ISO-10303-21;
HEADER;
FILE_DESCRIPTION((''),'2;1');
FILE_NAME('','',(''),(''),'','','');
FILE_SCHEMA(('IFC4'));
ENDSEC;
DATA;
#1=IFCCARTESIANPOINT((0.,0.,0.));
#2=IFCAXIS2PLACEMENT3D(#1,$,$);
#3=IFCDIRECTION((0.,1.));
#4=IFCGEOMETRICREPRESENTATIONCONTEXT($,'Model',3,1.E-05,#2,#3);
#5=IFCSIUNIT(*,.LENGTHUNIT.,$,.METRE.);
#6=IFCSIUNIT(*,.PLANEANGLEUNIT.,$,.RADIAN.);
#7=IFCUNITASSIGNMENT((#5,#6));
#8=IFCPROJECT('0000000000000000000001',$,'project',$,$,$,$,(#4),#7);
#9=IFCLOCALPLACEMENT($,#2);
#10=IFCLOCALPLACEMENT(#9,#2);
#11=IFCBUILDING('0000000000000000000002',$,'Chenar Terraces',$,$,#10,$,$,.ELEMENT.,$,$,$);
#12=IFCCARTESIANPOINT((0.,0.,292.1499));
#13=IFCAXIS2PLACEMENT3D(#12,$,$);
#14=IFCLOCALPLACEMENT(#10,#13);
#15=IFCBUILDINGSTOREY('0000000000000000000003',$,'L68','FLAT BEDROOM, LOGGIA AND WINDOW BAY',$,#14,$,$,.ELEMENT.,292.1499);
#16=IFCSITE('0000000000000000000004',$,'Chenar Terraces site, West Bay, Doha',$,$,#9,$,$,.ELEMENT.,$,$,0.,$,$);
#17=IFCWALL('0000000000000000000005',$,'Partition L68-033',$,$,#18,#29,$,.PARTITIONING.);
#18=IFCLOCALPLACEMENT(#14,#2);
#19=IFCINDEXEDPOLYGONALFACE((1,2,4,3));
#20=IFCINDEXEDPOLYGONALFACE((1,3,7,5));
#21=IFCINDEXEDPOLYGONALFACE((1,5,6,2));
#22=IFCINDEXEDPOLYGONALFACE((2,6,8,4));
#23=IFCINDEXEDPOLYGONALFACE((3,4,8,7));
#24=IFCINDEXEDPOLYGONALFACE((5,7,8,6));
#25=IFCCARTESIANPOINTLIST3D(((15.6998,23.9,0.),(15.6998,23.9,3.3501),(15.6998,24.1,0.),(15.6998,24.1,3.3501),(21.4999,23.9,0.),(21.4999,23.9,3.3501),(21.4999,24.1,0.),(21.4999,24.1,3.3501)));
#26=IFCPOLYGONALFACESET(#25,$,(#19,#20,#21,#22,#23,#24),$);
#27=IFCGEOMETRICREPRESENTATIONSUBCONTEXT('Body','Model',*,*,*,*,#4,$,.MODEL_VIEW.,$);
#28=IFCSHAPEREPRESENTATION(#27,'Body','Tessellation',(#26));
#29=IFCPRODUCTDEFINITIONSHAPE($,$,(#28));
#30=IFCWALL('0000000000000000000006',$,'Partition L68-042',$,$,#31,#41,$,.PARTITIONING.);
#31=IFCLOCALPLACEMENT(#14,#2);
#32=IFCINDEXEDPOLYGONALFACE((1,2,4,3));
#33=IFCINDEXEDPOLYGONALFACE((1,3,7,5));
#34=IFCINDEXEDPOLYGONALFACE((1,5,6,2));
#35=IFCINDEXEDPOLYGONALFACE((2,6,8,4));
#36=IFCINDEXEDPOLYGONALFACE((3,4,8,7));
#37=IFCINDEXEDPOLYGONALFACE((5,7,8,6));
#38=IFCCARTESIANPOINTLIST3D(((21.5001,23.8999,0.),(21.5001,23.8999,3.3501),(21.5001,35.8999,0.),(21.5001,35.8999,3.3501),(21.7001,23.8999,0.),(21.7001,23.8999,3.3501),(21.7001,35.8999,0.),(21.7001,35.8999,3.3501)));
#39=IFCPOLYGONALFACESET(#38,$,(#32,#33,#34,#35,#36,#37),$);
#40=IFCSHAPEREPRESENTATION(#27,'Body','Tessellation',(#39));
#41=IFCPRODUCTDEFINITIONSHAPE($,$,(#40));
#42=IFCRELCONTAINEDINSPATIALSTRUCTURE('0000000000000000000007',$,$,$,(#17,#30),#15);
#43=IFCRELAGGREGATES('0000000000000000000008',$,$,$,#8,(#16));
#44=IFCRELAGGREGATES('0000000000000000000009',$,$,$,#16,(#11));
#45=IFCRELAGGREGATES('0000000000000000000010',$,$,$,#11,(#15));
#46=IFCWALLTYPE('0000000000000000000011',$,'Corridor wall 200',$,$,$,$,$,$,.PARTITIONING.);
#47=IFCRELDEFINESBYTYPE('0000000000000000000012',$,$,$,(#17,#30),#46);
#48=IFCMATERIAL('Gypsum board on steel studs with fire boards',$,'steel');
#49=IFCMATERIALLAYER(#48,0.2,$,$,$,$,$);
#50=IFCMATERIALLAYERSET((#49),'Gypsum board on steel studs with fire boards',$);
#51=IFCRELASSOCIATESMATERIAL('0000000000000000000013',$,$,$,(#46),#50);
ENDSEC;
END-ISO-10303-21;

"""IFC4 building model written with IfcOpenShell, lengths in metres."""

from ifc_helpers import new_model, si_unit, direction, frame, frame_2d, origin, place, context, subcontext, project, spatial, rectangle, extrude, material, layer, layer_set, type_object, element, save


model = new_model("IFC4")

# Units and contexts
model_context = context("Model", 3, precision=1e-05, world=origin(), true_north=direction((0.0, 1.0)))
body_context = subcontext(model_context, "Body", "Model", "MODEL_VIEW")
ifc_project = project(units=[si_unit("LENGTHUNIT", "METRE"), si_unit("PLANEANGLEUNIT", "RADIAN")], contexts=[model_context])

# Site, building, storey
site_placement = place(None, origin())
site = spatial("IfcSite", under=ifc_project, at=site_placement, Name="Chenar Terraces site, West Bay, Doha", CompositionType="ELEMENT", RefElevation=0.0)
building_placement = place(site_placement, origin())
building = spatial("IfcBuilding", under=site, at=building_placement, Name="Chenar Terraces", CompositionType="ELEMENT")
storey_placement = place(building_placement, frame((0.0, 0.0, 292.1499)))
storey = spatial("IfcBuildingStorey", under=building, at=storey_placement, Name="L68", Description="FLAT BEDROOM, LOGGIA AND WINDOW BAY", CompositionType="ELEMENT", Elevation=292.1499)

# Shared definitions
ifc_material_1 = material(Name="Gypsum board on steel studs with fire boards", Category="steel")
ifc_layer_1 = layer(ifc_material_1, 0.2)
ifc_layer_set_1 = layer_set([ifc_layer_1], Name="Gypsum board on steel studs with fire boards")
wall_type_1 = type_object("IfcWallType", Name="Corridor wall 200", PredefinedType="PARTITIONING", material=ifc_layer_set_1)

# Walls
wall_1_placement = place(storey_placement, frame((15.7, 24.0, 0.0), z_axis=(0.0, 0.0, 1.0), x_axis=(1.0, 0.0, 0.0)))
element("IfcWall", 1, at=wall_1_placement, inside=storey, type_object=wall_type_1, Name="Partition L68-033", PredefinedType="PARTITIONING", context=body_context, shape_type="SweptSolid", body=[
    extrude(rectangle(XDim=5.8, YDim=0.2, at=frame_2d((2.8999, 0.0))), origin(), (0.0, 0.0, 1.0), 3.3501),
])
wall_2_placement = place(storey_placement, frame((21.6001, 23.8999, 0.0), z_axis=(0.0, 0.0, 1.0), x_axis=(0.0, 1.0, 0.0)))
element("IfcWall", 2, at=wall_2_placement, inside=storey, type_object=wall_type_1, Name="Partition L68-042", PredefinedType="PARTITIONING", context=body_context, shape_type="SweptSolid", body=[
    extrude(rectangle(XDim=12.0, YDim=0.2, at=frame_2d((6.0, 0.0))), origin(), (0.0, 0.0, 1.0), 3.3501),
])

save(model, "model.ifc")
